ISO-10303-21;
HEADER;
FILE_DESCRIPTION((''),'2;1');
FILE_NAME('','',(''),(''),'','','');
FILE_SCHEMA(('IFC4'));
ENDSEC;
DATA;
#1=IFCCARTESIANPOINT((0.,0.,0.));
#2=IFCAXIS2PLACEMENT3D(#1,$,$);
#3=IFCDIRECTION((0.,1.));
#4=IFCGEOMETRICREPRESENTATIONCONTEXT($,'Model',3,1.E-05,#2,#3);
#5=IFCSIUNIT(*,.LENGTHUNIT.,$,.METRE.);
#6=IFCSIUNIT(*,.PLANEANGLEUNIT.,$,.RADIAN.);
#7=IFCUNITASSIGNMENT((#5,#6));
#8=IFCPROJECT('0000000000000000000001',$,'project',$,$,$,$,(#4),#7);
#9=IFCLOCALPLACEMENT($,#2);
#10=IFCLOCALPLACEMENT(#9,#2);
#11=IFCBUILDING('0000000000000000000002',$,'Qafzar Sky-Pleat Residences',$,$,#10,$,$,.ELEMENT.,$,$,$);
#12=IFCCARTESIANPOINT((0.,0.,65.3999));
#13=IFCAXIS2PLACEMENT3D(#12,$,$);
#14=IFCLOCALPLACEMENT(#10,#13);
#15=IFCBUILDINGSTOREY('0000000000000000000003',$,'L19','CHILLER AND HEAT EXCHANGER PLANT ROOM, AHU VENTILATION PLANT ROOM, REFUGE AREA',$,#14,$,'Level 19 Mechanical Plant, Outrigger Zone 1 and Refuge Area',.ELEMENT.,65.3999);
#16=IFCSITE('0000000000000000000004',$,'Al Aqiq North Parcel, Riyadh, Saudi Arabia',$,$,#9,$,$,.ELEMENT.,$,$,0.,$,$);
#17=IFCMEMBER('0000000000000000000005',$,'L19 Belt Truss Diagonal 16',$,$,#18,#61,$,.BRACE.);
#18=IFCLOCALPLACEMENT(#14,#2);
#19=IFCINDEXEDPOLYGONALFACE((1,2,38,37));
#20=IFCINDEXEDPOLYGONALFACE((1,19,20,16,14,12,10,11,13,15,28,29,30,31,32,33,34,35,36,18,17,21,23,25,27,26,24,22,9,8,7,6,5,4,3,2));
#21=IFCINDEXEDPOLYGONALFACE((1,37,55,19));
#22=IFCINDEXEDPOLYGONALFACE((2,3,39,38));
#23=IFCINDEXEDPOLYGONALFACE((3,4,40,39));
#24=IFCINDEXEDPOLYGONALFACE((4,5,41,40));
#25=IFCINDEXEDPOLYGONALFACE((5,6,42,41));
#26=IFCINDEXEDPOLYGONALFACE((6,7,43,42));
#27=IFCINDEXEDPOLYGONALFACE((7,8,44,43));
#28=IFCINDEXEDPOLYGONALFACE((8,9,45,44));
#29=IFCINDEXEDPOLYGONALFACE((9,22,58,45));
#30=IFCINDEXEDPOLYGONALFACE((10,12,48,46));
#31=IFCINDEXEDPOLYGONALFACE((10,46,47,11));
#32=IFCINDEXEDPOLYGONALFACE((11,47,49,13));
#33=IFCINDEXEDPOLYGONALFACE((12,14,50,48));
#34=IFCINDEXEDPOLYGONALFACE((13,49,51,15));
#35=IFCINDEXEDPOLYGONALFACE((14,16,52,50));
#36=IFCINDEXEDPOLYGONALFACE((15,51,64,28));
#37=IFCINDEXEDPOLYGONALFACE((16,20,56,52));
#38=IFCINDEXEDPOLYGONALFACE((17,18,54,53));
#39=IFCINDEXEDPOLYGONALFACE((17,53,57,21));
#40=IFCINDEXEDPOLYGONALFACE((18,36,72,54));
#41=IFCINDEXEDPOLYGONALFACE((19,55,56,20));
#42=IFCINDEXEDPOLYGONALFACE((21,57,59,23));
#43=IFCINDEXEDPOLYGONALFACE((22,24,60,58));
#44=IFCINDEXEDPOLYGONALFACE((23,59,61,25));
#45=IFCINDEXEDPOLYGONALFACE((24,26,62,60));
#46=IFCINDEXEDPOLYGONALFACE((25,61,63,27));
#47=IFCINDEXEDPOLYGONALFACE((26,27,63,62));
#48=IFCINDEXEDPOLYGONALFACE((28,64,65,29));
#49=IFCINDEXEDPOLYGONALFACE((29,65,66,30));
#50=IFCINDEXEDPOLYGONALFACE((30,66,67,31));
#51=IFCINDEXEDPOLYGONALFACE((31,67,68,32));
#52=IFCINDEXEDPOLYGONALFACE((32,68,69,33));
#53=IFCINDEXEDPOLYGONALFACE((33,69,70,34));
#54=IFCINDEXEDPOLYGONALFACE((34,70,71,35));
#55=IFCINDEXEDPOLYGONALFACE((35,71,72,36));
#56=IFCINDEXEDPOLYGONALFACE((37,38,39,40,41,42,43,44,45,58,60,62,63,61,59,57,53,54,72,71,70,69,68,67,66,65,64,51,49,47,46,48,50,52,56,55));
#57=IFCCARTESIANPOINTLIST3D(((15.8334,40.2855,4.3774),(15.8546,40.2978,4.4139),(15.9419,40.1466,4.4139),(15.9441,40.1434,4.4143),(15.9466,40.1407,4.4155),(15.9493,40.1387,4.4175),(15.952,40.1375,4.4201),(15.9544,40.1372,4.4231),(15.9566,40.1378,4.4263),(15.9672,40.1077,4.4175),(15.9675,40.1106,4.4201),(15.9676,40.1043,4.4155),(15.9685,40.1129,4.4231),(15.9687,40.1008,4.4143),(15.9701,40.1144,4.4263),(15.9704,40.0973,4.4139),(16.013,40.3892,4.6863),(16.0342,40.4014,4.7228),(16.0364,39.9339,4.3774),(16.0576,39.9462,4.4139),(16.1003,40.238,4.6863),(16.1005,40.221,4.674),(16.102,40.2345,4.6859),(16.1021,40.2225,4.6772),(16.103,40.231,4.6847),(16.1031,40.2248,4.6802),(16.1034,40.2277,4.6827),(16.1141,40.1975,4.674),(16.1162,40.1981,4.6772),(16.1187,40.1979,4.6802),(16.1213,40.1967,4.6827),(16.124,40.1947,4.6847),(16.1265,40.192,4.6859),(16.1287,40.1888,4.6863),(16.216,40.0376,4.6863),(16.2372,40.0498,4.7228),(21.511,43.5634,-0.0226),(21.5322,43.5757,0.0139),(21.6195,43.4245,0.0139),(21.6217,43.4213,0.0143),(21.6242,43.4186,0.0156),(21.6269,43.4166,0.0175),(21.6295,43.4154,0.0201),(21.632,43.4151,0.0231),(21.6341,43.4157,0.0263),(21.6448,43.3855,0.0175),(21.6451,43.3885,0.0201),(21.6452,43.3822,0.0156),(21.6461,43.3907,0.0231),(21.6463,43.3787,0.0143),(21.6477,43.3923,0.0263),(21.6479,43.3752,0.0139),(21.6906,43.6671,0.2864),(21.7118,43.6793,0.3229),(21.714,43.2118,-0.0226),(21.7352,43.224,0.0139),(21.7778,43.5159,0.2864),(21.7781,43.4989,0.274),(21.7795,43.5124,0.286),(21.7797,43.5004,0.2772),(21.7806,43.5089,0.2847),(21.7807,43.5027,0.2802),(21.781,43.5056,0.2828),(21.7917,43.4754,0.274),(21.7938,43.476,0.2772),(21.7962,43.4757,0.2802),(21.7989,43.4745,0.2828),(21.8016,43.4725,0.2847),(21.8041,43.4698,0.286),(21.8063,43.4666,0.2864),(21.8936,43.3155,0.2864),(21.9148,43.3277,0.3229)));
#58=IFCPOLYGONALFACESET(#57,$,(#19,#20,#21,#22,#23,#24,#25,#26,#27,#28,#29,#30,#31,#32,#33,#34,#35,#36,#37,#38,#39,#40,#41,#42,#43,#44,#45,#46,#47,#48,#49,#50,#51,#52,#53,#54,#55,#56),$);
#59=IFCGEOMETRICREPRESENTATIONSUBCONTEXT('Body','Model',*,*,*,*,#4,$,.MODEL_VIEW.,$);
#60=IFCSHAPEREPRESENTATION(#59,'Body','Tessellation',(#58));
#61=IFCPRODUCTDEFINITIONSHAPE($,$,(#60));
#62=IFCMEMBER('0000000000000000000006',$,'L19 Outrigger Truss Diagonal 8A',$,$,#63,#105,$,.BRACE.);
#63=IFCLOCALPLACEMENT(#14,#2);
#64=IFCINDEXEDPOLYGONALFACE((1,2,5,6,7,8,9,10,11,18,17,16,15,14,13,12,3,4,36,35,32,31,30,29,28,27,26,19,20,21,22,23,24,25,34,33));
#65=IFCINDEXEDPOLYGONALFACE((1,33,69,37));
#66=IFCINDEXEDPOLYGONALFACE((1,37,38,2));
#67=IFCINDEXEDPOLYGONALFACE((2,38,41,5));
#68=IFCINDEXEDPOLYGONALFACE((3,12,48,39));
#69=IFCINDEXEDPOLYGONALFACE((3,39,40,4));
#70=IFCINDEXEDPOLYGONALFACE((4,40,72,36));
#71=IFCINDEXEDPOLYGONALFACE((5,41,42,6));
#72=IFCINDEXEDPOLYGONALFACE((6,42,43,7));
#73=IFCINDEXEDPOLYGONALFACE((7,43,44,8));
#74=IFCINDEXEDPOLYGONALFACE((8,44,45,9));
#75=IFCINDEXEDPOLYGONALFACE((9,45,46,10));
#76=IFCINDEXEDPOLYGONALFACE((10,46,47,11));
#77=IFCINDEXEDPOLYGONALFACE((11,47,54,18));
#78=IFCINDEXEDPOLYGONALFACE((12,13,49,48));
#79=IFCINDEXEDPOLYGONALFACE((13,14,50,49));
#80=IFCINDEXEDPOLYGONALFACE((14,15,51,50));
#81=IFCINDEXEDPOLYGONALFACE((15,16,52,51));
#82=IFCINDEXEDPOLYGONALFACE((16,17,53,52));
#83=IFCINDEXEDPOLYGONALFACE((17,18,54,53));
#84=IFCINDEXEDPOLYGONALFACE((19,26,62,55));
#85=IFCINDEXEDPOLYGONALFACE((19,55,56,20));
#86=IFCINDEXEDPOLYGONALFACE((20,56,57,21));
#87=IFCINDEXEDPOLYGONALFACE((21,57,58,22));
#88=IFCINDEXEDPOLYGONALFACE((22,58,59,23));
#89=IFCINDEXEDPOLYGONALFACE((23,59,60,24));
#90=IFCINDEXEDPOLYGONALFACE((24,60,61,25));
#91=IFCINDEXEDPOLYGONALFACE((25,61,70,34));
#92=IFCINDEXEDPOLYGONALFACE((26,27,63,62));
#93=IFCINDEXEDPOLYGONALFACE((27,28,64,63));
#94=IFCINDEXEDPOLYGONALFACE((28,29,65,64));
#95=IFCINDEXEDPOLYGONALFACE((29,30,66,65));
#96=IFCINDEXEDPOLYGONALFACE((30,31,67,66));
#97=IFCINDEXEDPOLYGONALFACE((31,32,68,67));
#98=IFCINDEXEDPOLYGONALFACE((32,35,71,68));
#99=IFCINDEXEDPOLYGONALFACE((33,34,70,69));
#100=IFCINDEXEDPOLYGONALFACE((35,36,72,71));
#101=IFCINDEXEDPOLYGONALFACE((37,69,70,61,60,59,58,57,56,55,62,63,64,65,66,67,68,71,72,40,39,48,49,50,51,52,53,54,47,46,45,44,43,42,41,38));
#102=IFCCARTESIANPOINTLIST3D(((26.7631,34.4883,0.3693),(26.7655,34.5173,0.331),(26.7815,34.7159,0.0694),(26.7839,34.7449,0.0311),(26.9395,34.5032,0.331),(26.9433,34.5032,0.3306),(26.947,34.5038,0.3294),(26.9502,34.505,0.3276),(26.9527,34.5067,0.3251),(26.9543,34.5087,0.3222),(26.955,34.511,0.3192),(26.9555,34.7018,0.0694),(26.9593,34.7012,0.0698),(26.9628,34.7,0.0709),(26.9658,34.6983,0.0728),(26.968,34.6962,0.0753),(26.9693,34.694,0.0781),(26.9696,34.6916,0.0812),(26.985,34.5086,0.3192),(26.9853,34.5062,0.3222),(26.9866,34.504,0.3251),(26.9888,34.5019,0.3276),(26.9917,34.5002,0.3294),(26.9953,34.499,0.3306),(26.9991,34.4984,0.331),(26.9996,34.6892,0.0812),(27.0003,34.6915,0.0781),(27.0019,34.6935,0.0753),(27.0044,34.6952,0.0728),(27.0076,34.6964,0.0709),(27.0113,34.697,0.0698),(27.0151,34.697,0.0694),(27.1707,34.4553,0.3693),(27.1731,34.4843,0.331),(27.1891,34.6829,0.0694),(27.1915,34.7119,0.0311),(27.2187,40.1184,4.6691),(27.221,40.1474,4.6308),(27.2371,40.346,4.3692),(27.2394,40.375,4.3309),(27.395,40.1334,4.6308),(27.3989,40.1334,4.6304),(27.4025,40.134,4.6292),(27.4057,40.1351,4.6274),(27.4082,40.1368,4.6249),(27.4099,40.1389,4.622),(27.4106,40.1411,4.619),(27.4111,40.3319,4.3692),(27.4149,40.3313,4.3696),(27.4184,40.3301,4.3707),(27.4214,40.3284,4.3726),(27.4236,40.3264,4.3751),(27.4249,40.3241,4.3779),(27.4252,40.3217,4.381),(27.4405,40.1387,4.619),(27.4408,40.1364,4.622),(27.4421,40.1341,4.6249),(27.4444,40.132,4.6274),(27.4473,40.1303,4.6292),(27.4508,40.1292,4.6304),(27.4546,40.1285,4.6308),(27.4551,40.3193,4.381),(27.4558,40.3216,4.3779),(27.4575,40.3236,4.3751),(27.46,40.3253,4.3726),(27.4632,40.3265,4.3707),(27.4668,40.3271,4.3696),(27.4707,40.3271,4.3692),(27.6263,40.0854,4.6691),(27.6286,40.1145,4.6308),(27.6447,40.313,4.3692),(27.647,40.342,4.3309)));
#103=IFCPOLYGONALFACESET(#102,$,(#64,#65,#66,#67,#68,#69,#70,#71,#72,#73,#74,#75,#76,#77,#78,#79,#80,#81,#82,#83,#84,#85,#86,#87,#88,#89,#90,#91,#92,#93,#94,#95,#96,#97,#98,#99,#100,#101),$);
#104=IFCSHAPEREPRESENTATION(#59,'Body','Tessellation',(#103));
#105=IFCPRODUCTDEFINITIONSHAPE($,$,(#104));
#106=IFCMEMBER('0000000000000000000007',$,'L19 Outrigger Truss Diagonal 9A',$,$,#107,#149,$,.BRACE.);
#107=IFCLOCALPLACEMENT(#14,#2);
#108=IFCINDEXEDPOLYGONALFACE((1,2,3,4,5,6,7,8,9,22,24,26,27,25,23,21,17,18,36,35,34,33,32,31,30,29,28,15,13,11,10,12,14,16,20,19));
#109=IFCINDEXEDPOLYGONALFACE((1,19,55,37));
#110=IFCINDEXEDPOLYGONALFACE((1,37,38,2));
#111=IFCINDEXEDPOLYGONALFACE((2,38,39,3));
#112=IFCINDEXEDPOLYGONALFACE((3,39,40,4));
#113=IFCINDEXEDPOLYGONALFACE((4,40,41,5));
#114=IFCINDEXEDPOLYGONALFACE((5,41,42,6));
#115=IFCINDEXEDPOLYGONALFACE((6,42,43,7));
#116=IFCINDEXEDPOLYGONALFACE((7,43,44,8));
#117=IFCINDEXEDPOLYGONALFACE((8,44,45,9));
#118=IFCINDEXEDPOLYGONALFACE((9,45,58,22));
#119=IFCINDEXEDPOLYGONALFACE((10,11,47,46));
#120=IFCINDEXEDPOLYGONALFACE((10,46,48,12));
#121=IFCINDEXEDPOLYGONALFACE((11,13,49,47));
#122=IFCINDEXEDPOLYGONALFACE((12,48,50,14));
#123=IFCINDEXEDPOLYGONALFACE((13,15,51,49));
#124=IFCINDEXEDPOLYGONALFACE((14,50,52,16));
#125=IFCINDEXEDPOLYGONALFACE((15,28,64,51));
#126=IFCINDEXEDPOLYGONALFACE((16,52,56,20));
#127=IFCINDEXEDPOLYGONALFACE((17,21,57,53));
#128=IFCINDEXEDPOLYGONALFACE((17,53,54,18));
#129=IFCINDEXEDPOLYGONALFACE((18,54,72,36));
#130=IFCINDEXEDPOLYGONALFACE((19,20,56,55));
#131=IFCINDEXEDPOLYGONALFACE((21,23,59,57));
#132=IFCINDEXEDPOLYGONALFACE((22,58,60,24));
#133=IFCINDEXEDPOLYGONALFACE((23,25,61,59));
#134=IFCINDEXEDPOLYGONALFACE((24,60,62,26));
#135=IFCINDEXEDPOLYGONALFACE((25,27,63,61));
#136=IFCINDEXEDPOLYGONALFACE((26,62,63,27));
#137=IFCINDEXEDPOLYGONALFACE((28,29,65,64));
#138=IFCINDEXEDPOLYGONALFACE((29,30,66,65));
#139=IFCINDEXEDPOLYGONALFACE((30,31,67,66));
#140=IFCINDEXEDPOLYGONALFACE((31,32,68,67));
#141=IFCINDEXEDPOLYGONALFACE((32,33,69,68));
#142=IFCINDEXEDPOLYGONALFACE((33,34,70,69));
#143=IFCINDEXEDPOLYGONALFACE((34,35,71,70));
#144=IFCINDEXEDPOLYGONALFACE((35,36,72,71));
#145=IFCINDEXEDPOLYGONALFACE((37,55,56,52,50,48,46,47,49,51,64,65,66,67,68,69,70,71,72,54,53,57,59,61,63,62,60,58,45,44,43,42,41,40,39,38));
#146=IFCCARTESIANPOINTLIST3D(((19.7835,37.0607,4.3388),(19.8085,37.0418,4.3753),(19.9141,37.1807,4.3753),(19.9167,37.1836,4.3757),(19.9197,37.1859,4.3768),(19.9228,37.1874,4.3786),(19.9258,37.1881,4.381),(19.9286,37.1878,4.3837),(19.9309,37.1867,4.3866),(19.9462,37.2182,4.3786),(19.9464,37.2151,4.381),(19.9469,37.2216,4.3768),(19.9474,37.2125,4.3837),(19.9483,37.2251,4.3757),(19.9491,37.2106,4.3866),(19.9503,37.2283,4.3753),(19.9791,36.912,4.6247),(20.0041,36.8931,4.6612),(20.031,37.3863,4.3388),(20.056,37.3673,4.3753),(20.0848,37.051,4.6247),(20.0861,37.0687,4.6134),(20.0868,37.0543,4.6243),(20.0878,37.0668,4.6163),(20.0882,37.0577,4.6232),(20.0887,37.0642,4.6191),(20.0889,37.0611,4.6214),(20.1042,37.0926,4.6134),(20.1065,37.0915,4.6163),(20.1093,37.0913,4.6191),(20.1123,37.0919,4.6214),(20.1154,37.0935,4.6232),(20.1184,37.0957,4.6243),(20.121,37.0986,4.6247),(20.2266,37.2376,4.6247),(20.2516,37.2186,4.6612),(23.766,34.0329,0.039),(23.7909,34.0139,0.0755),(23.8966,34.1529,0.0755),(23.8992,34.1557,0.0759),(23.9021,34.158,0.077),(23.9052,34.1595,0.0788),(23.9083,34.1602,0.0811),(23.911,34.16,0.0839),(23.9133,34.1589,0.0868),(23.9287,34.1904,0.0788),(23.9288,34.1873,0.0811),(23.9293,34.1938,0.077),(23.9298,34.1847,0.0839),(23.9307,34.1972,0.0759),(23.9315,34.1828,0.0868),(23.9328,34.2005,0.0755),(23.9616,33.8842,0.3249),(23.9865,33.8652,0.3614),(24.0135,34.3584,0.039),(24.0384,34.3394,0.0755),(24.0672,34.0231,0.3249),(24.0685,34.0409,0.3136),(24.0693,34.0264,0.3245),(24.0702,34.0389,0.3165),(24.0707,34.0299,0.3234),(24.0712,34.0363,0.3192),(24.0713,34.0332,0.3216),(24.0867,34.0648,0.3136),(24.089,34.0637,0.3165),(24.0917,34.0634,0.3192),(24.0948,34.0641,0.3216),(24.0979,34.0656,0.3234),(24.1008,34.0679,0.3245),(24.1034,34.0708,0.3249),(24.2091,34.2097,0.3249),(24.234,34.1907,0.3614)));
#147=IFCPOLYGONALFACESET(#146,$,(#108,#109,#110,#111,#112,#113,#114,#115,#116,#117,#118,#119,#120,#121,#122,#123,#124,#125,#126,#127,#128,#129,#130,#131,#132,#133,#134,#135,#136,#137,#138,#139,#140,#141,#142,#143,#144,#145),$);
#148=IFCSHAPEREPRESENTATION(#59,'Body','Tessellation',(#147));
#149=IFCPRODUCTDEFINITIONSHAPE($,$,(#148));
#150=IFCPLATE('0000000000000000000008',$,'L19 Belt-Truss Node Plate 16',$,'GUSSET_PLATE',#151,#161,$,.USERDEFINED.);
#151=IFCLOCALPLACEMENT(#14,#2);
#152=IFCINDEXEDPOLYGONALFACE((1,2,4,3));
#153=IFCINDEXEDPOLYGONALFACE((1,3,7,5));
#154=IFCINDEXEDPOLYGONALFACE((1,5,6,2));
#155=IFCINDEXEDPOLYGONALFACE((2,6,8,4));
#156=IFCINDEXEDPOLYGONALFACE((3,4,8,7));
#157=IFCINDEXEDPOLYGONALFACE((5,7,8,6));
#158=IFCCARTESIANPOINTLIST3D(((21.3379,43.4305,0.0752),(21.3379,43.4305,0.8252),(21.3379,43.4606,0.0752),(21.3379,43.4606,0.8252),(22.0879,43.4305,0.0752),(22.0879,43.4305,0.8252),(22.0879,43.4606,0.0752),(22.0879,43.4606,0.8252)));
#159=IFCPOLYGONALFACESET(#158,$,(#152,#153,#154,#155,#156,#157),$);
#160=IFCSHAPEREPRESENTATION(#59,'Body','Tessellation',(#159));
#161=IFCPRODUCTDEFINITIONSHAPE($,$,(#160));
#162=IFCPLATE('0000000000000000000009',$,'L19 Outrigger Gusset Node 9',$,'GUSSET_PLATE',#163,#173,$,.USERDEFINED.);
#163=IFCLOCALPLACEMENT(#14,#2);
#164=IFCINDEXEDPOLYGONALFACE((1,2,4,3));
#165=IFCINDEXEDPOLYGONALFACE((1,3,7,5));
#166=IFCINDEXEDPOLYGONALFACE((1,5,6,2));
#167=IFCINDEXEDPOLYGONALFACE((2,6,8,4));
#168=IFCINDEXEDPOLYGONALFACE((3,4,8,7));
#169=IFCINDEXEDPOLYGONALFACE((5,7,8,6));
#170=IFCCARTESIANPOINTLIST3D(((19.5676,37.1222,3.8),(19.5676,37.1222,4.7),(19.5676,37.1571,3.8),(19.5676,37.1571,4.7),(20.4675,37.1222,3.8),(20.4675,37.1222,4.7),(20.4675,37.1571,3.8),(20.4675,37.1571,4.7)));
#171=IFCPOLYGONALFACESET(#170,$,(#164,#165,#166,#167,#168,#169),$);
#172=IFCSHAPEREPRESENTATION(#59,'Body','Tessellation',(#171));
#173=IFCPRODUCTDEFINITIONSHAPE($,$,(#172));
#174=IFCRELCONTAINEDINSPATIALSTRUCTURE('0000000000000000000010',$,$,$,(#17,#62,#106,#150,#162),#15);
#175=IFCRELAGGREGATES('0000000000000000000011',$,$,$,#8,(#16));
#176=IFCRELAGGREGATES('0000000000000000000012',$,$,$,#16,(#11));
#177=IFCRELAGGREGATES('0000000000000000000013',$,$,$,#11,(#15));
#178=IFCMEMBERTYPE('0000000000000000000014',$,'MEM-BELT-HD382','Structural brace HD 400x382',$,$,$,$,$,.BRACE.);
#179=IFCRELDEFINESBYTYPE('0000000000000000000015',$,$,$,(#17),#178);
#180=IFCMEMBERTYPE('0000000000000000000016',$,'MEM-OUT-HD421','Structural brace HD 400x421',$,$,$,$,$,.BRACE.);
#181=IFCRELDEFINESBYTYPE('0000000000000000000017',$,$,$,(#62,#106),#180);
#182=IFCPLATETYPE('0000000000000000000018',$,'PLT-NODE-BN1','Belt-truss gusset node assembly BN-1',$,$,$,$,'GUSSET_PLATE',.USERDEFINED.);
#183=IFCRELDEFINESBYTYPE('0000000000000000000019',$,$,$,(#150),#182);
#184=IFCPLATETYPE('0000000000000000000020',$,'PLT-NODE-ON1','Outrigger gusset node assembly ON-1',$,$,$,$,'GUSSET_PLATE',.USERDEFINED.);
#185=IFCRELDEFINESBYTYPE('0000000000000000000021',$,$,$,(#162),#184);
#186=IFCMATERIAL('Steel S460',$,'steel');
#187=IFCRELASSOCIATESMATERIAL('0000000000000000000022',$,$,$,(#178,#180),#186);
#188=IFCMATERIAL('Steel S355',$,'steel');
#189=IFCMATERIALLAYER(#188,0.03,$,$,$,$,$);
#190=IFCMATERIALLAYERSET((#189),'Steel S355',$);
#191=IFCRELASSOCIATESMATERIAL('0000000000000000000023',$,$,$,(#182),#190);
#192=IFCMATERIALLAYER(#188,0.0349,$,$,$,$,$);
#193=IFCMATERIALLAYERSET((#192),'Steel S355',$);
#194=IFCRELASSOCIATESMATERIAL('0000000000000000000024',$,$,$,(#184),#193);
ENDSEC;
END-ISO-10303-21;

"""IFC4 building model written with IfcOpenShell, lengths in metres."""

from ifc_helpers import new_model, si_unit, direction, frame, origin, origin_2d, place, context, subcontext, project, spatial, rectangle, i_section, extrude, source, transform, mapped, material, layer, layer_set, material_profile, profile_set, type_object, element, save


model = new_model("IFC4")

# Units and contexts
model_context = context("Model", 3, precision=1e-05, world=origin(), true_north=direction((0.0, 1.0)))
body_context = subcontext(model_context, "Body", "Model", "MODEL_VIEW")
ifc_project = project(units=[si_unit("LENGTHUNIT", "METRE"), si_unit("PLANEANGLEUNIT", "RADIAN")], contexts=[model_context])

# Site, building, storey
site_placement = place(None, origin())
site = spatial("IfcSite", under=ifc_project, at=site_placement, Name="Al Aqiq North Parcel, Riyadh, Saudi Arabia", CompositionType="ELEMENT", RefElevation=0.0)
building_placement = place(site_placement, origin())
building = spatial("IfcBuilding", under=site, at=building_placement, Name="Qafzar Sky-Pleat Residences", CompositionType="ELEMENT")
storey_placement = place(building_placement, frame((0.0, 0.0, 65.3999)))
storey = spatial("IfcBuildingStorey", under=building, at=storey_placement, Name="L19", Description="CHILLER AND HEAT EXCHANGER PLANT ROOM, AHU VENTILATION PLANT ROOM, REFUGE AREA", LongName="Level 19 Mechanical Plant, Outrigger Zone 1 and Refuge Area", CompositionType="ELEMENT", Elevation=65.3999)

# Shared definitions
ifc_material_1 = material(Name="Steel S460", Category="steel")

# Shared definitions
ifc_material_2 = material(Name="Steel S355", Category="steel")

# Members
ifc_material_profile_1 = material_profile(ifc_material_1, i_section(OverallWidth=0.406, OverallDepth=0.416, WebThickness=0.0271, FlangeThickness=0.0439, FilletRadius=0.0149, at=origin_2d()), Name="HD 400x382")
ifc_profile_set_1 = profile_set([ifc_material_profile_1], Name="Steel S460")
member_type_1 = type_object("IfcMemberType", Name="MEM-BELT-HD382", Description="Structural brace HD 400x382", PredefinedType="BRACE", material=ifc_profile_set_1)
shared_shape_1 = source(origin(), body_context, "Body", "SweptSolid", [
    extrude(i_section(OverallWidth=0.406, OverallDepth=0.416, WebThickness=0.0271, FlangeThickness=0.0439, FilletRadius=0.0149, at=origin_2d()), origin(), (0.0, 0.0, 1.0), 7.8955),
])
member_1_placement = place(storey_placement, frame((21.7129, 43.4456, 0.1501), z_axis=(-0.719089, -0.415158, 0.557275), x_axis=(0.499992, -0.86603, 0.0)))
element("IfcMember", 1, at=member_1_placement, inside=storey, type_object=member_type_1, Name="L19 Belt Truss Diagonal 16", PredefinedType="BRACE", context=body_context, shape_type="MappedRepresentation", body=[
    mapped(shared_shape_1, transform((0.0, 0.0, 0.0), x_axis=(1.0, 0.0, 0.0), y_axis=(0.0, 1.0, 0.0), z_axis=(0.0, 0.0, 1.0), scale=1.0)),
])
ifc_material_profile_2 = material_profile(ifc_material_1, i_section(OverallWidth=0.4089, OverallDepth=0.425, WebThickness=0.03, FlangeThickness=0.0481, FilletRadius=0.0149, at=origin_2d()), Name="HD 400x421")
ifc_profile_set_2 = profile_set([ifc_material_profile_2], Name="Steel S460")
member_type_2 = type_object("IfcMemberType", Name="MEM-OUT-HD421", Description="Structural brace HD 400x421", PredefinedType="BRACE", material=ifc_profile_set_2)
shared_shape_2 = source(origin(), body_context, "Body", "SweptSolid", [
    extrude(i_section(OverallWidth=0.4089, OverallDepth=0.425, WebThickness=0.03, FlangeThickness=0.0481, FilletRadius=0.0149, at=origin_2d()), origin(), (0.0, 0.0, 1.0), 7.0989),
])
member_2_placement = place(storey_placement, frame((26.9773, 34.6001, 0.2002), z_axis=(0.064174, 0.7931, 0.605701), x_axis=(-0.996742, 0.080652, 0.0)))
element("IfcMember", 2, at=member_2_placement, inside=storey, type_object=member_type_2, Name="L19 Outrigger Truss Diagonal 8A", PredefinedType="BRACE", context=body_context, shape_type="MappedRepresentation", body=[
    mapped(shared_shape_2, transform((0.0, 0.0, 0.0), x_axis=(1.0, 0.0, 0.0), y_axis=(0.0, 1.0, 0.0), z_axis=(0.0, 0.0, 1.0), scale=1.0)),
])
shared_shape_3 = source(origin(), body_context, "Body", "SweptSolid", [
    extrude(i_section(OverallWidth=0.4089, OverallDepth=0.425, WebThickness=0.03, FlangeThickness=0.0481, FilletRadius=0.0149, at=origin_2d()), origin(), (0.0, 0.0, 1.0), 6.5967),
])
member_3_placement = place(storey_placement, frame((24.0, 34.1118, 0.2002), z_axis=(-0.603704, 0.458996, 0.651817), x_axis=(-0.605234, -0.796047, 0.0)))
element("IfcMember", 3, at=member_3_placement, inside=storey, type_object=member_type_2, Name="L19 Outrigger Truss Diagonal 9A", PredefinedType="BRACE", context=body_context, shape_type="MappedRepresentation", body=[
    mapped(shared_shape_3, transform((0.0, 0.0, 0.0), x_axis=(1.0, 0.0, 0.0), y_axis=(0.0, 1.0, 0.0), z_axis=(0.0, 0.0, 1.0), scale=1.0)),
])

# Plates
ifc_layer_1 = layer(ifc_material_2, 0.03)
ifc_layer_set_1 = layer_set([ifc_layer_1], Name="Steel S355")
plate_type_1 = type_object("IfcPlateType", Name="PLT-NODE-BN1", Description="Belt-truss gusset node assembly BN-1", ElementType="GUSSET_PLATE", PredefinedType="USERDEFINED", material=ifc_layer_set_1)
shared_shape_4 = source(origin(), body_context, "Body", "SweptSolid", [
    extrude(rectangle(XDim=0.75, YDim=0.03, at=origin_2d()), origin(), (0.0, 0.0, 1.0), 0.75),
])
plate_1_placement = place(storey_placement, frame((21.7129, 43.4456, 0.0752), z_axis=(0.0, 0.0, 1.0), x_axis=(1.0, 0.0, 0.0)))
element("IfcPlate", 4, at=plate_1_placement, inside=storey, type_object=plate_type_1, Name="L19 Belt-Truss Node Plate 16", ObjectType="GUSSET_PLATE", PredefinedType="USERDEFINED", context=body_context, shape_type="MappedRepresentation", body=[
    mapped(shared_shape_4, transform((0.0, 0.0, 0.0), x_axis=(1.0, 0.0, 0.0), y_axis=(0.0, 1.0, 0.0), z_axis=(0.0, 0.0, 1.0), scale=1.0)),
])
ifc_layer_2 = layer(ifc_material_2, 0.0349)
ifc_layer_set_2 = layer_set([ifc_layer_2], Name="Steel S355")
plate_type_2 = type_object("IfcPlateType", Name="PLT-NODE-ON1", Description="Outrigger gusset node assembly ON-1", ElementType="GUSSET_PLATE", PredefinedType="USERDEFINED", material=ifc_layer_set_2)
shared_shape_5 = source(origin(), body_context, "Body", "SweptSolid", [
    extrude(rectangle(XDim=0.8999, YDim=0.0349, at=origin_2d()), origin(), (0.0, 0.0, 1.0), 0.8999),
])
plate_2_placement = place(storey_placement, frame((20.0176, 37.1396, 3.8), z_axis=(0.0, 0.0, 1.0), x_axis=(1.0, 0.0, 0.0)))
element("IfcPlate", 5, at=plate_2_placement, inside=storey, type_object=plate_type_2, Name="L19 Outrigger Gusset Node 9", ObjectType="GUSSET_PLATE", PredefinedType="USERDEFINED", context=body_context, shape_type="MappedRepresentation", body=[
    mapped(shared_shape_5, transform((0.0, 0.0, 0.0), x_axis=(1.0, 0.0, 0.0), y_axis=(0.0, 1.0, 0.0), z_axis=(0.0, 0.0, 1.0), scale=1.0)),
])

save(model, "model.ifc")
